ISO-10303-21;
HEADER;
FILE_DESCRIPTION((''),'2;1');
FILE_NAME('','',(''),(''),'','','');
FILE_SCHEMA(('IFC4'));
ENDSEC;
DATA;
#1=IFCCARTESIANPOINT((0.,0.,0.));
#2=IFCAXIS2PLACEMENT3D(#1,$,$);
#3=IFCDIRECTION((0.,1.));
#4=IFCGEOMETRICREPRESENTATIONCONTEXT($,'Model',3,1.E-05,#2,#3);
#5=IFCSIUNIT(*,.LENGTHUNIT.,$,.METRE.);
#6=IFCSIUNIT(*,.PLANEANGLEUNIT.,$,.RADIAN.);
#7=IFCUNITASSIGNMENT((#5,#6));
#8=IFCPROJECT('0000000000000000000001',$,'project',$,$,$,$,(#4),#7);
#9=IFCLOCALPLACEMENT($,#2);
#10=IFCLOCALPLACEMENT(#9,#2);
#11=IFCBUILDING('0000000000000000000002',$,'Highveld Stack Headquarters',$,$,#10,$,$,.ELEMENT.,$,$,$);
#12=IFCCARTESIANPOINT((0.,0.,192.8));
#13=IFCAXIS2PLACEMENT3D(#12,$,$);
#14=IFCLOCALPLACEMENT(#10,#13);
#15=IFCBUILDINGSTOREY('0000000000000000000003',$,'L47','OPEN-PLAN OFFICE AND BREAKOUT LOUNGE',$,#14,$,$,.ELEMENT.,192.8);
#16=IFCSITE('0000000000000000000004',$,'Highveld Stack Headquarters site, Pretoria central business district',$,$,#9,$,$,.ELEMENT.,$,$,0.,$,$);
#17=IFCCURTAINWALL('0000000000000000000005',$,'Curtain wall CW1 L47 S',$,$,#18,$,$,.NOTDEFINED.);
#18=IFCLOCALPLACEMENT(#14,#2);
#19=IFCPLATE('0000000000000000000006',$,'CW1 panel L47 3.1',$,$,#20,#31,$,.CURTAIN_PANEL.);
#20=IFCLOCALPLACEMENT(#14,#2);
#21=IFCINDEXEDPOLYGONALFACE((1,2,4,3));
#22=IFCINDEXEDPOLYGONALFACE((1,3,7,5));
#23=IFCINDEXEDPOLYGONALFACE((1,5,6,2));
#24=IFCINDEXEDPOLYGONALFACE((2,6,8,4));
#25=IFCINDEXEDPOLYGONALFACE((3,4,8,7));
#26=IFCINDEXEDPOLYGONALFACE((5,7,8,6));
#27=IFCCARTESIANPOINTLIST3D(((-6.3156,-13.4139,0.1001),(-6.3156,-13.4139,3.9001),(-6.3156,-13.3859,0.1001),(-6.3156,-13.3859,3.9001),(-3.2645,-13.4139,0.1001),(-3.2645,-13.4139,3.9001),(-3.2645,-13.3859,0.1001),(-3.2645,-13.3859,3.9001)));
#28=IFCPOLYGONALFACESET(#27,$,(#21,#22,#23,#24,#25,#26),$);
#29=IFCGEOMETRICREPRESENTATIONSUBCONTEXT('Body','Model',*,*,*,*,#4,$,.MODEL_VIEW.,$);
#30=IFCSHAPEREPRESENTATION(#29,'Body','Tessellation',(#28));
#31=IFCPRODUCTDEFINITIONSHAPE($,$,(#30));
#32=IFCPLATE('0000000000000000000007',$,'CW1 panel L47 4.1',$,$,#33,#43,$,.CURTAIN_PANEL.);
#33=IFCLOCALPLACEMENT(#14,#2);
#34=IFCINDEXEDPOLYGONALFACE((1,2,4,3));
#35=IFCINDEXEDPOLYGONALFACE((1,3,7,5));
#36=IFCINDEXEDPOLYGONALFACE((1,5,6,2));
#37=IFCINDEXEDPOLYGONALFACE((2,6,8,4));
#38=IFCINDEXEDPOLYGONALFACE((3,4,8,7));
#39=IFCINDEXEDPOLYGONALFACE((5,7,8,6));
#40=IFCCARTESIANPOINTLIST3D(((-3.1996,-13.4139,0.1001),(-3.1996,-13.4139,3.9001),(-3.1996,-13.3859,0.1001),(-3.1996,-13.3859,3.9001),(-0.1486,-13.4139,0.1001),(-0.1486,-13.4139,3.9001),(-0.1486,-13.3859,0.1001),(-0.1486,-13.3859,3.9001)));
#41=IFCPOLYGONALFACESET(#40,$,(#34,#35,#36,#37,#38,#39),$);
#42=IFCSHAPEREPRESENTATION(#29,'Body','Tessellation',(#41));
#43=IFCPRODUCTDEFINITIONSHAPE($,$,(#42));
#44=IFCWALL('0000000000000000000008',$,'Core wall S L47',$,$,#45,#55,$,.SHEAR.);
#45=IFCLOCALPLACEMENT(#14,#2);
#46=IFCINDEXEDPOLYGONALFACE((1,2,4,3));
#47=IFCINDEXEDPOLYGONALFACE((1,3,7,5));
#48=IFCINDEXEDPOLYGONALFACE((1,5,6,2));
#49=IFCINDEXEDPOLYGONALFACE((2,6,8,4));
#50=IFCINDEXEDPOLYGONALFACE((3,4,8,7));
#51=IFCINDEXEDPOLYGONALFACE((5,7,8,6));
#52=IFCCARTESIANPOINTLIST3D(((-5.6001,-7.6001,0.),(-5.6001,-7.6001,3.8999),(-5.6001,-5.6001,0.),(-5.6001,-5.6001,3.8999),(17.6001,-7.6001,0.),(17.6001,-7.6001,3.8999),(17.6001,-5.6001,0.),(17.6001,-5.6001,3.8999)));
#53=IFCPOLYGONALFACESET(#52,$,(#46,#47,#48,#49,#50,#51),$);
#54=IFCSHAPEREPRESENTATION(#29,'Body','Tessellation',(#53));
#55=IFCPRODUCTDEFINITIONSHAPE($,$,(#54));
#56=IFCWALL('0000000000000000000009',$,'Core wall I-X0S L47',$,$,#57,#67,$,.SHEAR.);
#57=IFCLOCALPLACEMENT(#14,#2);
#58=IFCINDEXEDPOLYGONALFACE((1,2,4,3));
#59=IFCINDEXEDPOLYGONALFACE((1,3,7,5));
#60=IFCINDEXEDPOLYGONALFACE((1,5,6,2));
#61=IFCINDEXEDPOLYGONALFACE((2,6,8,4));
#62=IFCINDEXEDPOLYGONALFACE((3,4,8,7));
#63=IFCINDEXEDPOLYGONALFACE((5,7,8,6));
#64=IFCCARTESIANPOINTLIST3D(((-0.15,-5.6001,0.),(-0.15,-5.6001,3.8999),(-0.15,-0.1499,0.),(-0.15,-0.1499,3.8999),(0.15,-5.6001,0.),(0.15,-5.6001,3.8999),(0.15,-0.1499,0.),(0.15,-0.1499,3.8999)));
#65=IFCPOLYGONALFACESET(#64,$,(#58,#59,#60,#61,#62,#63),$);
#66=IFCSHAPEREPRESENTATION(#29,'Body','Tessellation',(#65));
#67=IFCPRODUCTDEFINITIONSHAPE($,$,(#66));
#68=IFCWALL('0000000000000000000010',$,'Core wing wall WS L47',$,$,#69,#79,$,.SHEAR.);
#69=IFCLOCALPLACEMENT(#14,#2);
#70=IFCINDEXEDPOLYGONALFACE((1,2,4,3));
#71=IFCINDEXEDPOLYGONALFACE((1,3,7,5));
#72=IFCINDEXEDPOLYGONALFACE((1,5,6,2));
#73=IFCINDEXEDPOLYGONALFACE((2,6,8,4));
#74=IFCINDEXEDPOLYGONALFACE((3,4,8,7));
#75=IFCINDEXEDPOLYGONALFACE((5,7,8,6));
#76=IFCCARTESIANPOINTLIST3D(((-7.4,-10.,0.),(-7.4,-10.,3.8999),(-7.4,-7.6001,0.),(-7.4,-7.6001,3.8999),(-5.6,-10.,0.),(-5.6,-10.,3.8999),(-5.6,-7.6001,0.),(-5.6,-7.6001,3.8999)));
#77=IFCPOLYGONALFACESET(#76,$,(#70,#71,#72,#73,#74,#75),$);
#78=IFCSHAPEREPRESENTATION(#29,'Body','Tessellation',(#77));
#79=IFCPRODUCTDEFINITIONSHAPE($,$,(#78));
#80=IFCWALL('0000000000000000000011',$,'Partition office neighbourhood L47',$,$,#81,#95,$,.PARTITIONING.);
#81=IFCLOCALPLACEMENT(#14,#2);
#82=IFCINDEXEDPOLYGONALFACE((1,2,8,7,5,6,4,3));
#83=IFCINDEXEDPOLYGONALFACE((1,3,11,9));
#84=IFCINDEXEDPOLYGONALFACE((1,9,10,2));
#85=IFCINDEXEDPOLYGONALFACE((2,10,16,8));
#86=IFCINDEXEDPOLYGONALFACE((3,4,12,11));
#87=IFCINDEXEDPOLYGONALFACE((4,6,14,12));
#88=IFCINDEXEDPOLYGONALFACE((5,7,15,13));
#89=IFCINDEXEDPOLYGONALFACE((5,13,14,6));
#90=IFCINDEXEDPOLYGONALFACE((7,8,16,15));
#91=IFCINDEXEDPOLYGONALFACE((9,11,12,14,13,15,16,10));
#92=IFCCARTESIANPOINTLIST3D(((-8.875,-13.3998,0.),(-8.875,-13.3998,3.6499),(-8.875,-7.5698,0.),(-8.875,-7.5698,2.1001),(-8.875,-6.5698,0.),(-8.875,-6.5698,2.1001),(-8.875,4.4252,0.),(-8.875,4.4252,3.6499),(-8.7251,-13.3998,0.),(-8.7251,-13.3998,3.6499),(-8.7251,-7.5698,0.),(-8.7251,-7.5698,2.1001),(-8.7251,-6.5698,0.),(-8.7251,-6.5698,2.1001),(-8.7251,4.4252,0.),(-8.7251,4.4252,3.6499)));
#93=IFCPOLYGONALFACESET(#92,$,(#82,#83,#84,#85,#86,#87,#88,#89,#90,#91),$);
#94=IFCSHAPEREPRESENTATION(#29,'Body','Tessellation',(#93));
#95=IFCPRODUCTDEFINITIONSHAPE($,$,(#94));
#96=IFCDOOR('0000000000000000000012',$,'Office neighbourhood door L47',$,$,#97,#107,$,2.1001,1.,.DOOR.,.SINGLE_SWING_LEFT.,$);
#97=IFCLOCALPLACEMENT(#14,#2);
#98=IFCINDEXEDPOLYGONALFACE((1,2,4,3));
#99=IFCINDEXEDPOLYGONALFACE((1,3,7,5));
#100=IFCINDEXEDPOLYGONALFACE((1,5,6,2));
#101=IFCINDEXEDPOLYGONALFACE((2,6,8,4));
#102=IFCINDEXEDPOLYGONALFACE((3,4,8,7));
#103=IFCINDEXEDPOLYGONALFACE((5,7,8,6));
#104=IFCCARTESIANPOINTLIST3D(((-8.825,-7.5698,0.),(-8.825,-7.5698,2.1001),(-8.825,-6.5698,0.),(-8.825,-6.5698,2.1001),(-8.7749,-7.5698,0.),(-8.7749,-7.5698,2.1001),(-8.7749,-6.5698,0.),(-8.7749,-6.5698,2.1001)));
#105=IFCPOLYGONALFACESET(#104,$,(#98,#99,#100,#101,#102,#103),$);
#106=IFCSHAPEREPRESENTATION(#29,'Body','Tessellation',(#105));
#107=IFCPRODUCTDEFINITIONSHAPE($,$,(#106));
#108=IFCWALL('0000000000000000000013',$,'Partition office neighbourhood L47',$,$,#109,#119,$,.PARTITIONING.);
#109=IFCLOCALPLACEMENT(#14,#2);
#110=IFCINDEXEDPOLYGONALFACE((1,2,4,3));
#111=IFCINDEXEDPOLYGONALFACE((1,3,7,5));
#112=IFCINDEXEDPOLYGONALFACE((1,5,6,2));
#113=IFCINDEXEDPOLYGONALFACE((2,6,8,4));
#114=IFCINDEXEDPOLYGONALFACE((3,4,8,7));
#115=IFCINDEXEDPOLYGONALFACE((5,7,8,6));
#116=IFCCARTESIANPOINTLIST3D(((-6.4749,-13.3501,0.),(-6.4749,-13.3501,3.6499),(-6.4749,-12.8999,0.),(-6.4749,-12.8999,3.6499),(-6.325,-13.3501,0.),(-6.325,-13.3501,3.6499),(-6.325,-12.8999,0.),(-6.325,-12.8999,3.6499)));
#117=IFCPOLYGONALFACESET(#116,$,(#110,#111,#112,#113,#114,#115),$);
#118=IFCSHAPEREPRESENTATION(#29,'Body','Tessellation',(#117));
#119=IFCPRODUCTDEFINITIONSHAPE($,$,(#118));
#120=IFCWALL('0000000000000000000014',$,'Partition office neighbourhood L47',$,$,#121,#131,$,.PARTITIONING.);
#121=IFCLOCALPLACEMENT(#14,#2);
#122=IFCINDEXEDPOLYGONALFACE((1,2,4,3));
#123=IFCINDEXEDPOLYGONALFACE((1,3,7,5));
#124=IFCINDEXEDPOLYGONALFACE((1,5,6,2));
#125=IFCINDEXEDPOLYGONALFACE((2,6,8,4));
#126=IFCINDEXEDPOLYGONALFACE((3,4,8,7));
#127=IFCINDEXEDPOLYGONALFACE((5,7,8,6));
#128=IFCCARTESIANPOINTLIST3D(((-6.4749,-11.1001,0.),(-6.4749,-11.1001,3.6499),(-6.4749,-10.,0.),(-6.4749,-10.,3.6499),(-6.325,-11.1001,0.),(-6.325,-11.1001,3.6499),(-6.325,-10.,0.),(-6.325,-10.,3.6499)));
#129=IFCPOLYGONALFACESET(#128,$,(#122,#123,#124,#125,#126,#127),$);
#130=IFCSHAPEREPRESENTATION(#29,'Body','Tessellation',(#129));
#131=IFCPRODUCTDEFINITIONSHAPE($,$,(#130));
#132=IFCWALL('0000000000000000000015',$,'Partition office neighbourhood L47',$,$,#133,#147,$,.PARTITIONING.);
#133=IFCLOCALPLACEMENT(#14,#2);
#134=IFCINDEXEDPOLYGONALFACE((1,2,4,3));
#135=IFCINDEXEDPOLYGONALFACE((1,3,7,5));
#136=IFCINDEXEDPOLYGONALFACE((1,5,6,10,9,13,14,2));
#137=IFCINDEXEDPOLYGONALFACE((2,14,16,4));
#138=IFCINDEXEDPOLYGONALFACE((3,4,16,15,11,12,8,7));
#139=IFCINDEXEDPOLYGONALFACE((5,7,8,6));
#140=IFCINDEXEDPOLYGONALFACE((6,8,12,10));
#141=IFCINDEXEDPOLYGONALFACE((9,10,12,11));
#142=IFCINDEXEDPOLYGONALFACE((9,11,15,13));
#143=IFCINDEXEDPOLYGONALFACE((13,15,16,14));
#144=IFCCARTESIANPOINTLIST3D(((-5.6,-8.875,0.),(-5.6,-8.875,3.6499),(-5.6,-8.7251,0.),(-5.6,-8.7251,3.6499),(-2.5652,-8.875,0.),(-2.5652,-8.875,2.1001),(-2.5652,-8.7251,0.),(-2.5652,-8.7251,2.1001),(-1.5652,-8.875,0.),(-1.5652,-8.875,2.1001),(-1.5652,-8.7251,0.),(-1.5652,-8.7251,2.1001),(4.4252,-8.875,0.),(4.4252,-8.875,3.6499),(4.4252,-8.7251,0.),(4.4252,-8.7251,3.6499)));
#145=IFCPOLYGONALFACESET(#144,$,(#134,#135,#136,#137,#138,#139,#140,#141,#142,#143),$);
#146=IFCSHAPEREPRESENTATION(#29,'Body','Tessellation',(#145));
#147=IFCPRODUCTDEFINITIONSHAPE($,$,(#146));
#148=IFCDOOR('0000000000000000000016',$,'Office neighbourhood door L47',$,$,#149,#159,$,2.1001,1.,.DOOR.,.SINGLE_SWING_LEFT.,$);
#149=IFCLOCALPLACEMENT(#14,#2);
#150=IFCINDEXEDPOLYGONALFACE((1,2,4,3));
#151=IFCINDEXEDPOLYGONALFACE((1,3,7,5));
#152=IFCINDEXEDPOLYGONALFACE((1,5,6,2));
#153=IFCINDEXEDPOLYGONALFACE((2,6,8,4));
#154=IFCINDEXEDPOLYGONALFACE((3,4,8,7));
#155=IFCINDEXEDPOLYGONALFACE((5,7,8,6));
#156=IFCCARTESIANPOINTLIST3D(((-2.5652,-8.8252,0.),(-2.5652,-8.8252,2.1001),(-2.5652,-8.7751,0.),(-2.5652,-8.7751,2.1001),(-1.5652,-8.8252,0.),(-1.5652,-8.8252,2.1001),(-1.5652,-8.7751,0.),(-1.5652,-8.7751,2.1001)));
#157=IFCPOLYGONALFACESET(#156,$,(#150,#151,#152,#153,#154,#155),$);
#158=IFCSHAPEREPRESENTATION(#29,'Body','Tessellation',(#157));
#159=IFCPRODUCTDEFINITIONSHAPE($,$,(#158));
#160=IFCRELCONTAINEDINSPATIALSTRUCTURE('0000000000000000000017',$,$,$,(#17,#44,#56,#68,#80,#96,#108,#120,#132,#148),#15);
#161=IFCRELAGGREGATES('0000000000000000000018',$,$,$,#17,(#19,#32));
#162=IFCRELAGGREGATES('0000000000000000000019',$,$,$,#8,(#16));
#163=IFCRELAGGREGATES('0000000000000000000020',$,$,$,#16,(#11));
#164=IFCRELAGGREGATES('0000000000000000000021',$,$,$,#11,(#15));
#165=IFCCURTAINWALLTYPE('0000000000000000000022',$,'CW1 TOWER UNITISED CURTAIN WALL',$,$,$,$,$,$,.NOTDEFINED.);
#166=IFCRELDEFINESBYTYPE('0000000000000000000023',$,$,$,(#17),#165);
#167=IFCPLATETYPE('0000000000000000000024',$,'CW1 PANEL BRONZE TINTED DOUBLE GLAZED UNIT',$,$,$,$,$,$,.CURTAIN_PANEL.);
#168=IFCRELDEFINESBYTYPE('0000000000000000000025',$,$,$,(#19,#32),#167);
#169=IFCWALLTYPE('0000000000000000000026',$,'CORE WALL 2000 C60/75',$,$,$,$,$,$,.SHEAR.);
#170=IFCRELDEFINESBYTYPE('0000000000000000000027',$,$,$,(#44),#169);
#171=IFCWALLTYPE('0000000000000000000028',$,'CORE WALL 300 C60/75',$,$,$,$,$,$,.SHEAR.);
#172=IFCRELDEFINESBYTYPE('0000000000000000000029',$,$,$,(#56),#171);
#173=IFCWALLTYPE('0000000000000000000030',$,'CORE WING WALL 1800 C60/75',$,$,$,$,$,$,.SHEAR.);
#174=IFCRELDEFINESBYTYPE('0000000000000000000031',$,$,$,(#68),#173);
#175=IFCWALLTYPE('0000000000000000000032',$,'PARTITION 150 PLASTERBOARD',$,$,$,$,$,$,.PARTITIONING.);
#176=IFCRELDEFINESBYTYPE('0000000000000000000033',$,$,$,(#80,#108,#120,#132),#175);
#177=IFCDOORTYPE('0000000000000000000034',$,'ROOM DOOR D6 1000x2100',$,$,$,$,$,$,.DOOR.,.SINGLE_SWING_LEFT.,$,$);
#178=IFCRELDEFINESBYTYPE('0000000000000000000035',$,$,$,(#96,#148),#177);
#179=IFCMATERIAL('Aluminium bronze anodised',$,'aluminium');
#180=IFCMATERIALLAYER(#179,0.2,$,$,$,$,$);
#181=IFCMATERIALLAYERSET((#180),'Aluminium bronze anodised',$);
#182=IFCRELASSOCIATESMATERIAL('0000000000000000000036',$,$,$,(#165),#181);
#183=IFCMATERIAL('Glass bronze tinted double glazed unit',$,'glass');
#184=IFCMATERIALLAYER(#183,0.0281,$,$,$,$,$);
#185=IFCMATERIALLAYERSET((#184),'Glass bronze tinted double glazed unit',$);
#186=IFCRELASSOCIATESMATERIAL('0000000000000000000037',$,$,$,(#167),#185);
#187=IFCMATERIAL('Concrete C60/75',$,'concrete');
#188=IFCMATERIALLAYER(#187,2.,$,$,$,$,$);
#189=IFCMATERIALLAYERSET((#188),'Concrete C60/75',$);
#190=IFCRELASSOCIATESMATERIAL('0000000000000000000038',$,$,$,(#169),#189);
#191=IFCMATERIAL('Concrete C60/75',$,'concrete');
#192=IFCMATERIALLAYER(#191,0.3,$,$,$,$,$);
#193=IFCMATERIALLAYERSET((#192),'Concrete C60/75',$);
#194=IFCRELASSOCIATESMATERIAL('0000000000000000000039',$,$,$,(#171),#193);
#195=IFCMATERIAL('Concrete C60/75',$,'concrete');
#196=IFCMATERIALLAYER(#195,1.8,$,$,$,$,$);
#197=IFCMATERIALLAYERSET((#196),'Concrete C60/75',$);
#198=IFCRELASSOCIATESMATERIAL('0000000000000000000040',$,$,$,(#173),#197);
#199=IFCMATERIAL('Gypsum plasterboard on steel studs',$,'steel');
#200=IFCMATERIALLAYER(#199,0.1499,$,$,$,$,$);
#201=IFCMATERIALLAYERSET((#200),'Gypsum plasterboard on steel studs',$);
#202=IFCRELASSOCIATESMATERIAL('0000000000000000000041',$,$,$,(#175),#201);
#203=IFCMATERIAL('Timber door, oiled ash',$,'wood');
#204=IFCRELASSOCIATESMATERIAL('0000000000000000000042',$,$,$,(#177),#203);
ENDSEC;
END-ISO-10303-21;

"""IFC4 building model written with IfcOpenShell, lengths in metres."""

from ifc_helpers import new_model, si_unit, direction, frame, frame_2d, origin, origin_2d, place, context, subcontext, project, spatial, rectangle, extrude, material, layer, layer_set, type_object, element, fill, aggregate, save


model = new_model("IFC4")

# Units and contexts
model_context = context("Model", 3, precision=1e-05, world=origin(), true_north=direction((0.0, 1.0)))
body_context = subcontext(model_context, "Body", "Model", "MODEL_VIEW")
ifc_project = project(units=[si_unit("LENGTHUNIT", "METRE"), si_unit("PLANEANGLEUNIT", "RADIAN")], contexts=[model_context])

# Site, building, storey
site_placement = place(None, origin())
site = spatial("IfcSite", under=ifc_project, at=site_placement, Name="Highveld Stack Headquarters site, Pretoria central business district", CompositionType="ELEMENT", RefElevation=0.0)
building_placement = place(site_placement, origin())
building = spatial("IfcBuilding", under=site, at=building_placement, Name="Highveld Stack Headquarters", CompositionType="ELEMENT")
storey_placement = place(building_placement, frame((0.0, 0.0, 192.8)))
storey = spatial("IfcBuildingStorey", under=building, at=storey_placement, Name="L47", Description="OPEN-PLAN OFFICE AND BREAKOUT LOUNGE", CompositionType="ELEMENT", Elevation=192.8)

# Curtain wall, plates
ifc_material_1 = material(Name="Aluminium bronze anodised", Category="aluminium")
ifc_layer_1 = layer(ifc_material_1, 0.2)
ifc_layer_set_1 = layer_set([ifc_layer_1], Name="Aluminium bronze anodised")
curtain_wall_type = type_object("IfcCurtainWallType", Name="CW1 TOWER UNITISED CURTAIN WALL", PredefinedType="NOTDEFINED", material=ifc_layer_set_1)
curtain_wall_placement = place(storey_placement, origin())
curtain_wall = element("IfcCurtainWall", 1, at=curtain_wall_placement, inside=storey, type_object=curtain_wall_type, Name="Curtain wall CW1 L47 S", PredefinedType="NOTDEFINED")
ifc_material_2 = material(Name="Glass bronze tinted double glazed unit", Category="glass")
ifc_layer_2 = layer(ifc_material_2, 0.0281)
ifc_layer_set_2 = layer_set([ifc_layer_2], Name="Glass bronze tinted double glazed unit")
plate_type = type_object("IfcPlateType", Name="CW1 PANEL BRONZE TINTED DOUBLE GLAZED UNIT", PredefinedType="CURTAIN_PANEL", material=ifc_layer_set_2)
plate_1_placement = place(storey_placement, frame((-4.79, -13.3999, 0.1001), z_axis=(0.0, 0.0, 1.0), x_axis=(1.0, 0.0, 0.0)))
plate_1 = element("IfcPlate", 2, at=plate_1_placement, type_object=plate_type, Name="CW1 panel L47 3.1", PredefinedType="CURTAIN_PANEL", context=body_context, shape_type="SweptSolid", body=[
    extrude(rectangle(XDim=3.051, YDim=0.0281, at=origin_2d()), origin(), (0.0, 0.0, 1.0), 3.8),
])
plate_2_placement = place(storey_placement, frame((-1.6741, -13.3999, 0.1001), z_axis=(0.0, 0.0, 1.0), x_axis=(1.0, 0.0, 0.0)))
plate_2 = element("IfcPlate", 3, at=plate_2_placement, type_object=plate_type, Name="CW1 panel L47 4.1", PredefinedType="CURTAIN_PANEL", context=body_context, shape_type="SweptSolid", body=[
    extrude(rectangle(XDim=3.051, YDim=0.0281, at=origin_2d()), origin(), (0.0, 0.0, 1.0), 3.8),
])
aggregate(curtain_wall, [plate_1, plate_2])

# Walls
ifc_material_3 = material(Name="Concrete C60/75", Category="concrete")
ifc_layer_3 = layer(ifc_material_3, 2.0)
ifc_layer_set_3 = layer_set([ifc_layer_3], Name="Concrete C60/75")
wall_type_1 = type_object("IfcWallType", Name="CORE WALL 2000 C60/75", PredefinedType="SHEAR", material=ifc_layer_set_3)
wall_1_placement = place(storey_placement, frame((-5.6001, -6.6001, 0.0), z_axis=(0.0, 0.0, 1.0), x_axis=(1.0, 0.0, 0.0)))
element("IfcWall", 4, at=wall_1_placement, inside=storey, type_object=wall_type_1, Name="Core wall S L47", PredefinedType="SHEAR", context=body_context, shape_type="SweptSolid", body=[
    extrude(rectangle(XDim=23.2002, YDim=2.0, at=frame_2d((11.6001, 0.0))), origin(), (0.0, 0.0, 1.0), 3.8999),
])
ifc_material_4 = material(Name="Concrete C60/75", Category="concrete")
ifc_layer_4 = layer(ifc_material_4, 0.3)
ifc_layer_set_4 = layer_set([ifc_layer_4], Name="Concrete C60/75")
wall_type_2 = type_object("IfcWallType", Name="CORE WALL 300 C60/75", PredefinedType="SHEAR", material=ifc_layer_set_4)
wall_2_placement = place(storey_placement, frame((0.0, -5.6001, 0.0), z_axis=(0.0, 0.0, 1.0), x_axis=(0.0, 1.0, 0.0)))
element("IfcWall", 5, at=wall_2_placement, inside=storey, type_object=wall_type_2, Name="Core wall I-X0S L47", PredefinedType="SHEAR", context=body_context, shape_type="SweptSolid", body=[
    extrude(rectangle(XDim=5.4502, YDim=0.3, at=frame_2d((2.7251, 0.0))), origin(), (0.0, 0.0, 1.0), 3.8999),
])
ifc_material_5 = material(Name="Concrete C60/75", Category="concrete")
ifc_layer_5 = layer(ifc_material_5, 1.8)
ifc_layer_set_5 = layer_set([ifc_layer_5], Name="Concrete C60/75")
wall_type_3 = type_object("IfcWallType", Name="CORE WING WALL 1800 C60/75", PredefinedType="SHEAR", material=ifc_layer_set_5)
wall_3_placement = place(storey_placement, frame((-6.5, -10.0, 0.0), z_axis=(0.0, 0.0, 1.0), x_axis=(0.0, 1.0, 0.0)))
element("IfcWall", 6, at=wall_3_placement, inside=storey, type_object=wall_type_3, Name="Core wing wall WS L47", PredefinedType="SHEAR", context=body_context, shape_type="SweptSolid", body=[
    extrude(rectangle(XDim=2.3999, YDim=1.8, at=frame_2d((1.2, 0.0))), origin(), (0.0, 0.0, 1.0), 3.8999),
])

# Wall, opening, door
ifc_material_6 = material(Name="Gypsum plasterboard on steel studs", Category="steel")
ifc_layer_6 = layer(ifc_material_6, 0.1499)
ifc_layer_set_6 = layer_set([ifc_layer_6], Name="Gypsum plasterboard on steel studs")
wall_type_4 = type_object("IfcWallType", Name="PARTITION 150 PLASTERBOARD", PredefinedType="PARTITIONING", material=ifc_layer_set_6)
wall_4_placement = place(storey_placement, frame((-8.8, -13.3999, 0.0), z_axis=(0.0, 0.0, 1.0), x_axis=(0.0, 1.0, 0.0)))
wall_4 = element("IfcWall", 7, at=wall_4_placement, inside=storey, type_object=wall_type_4, Name="Partition office neighbourhood L47", PredefinedType="PARTITIONING", context=body_context, shape_type="SweptSolid", body=[
    extrude(rectangle(XDim=17.825, YDim=0.1499, at=frame_2d((8.9126, 0.0))), origin(), (0.0, 0.0, 1.0), 3.6499),
])
opening_1_placement = place(wall_4_placement, frame((5.8301, 0.0, 0.0)))
opening_1 = element("IfcOpeningElement", 8, at=opening_1_placement, cuts=wall_4, PredefinedType="OPENING", context=body_context, shape_type="SweptSolid", body=[
    extrude(rectangle(XDim=1.0, YDim=2.1001, at=frame_2d((0.5, 1.05))), frame((0.0, 0.085, 0.0), z_axis=(0.0, -1.0, 0.0), x_axis=(1.0, 0.0, 0.0)), (0.0, 0.0, 1.0), 0.1699),
])
ifc_material_7 = material(Name="Timber door, oiled ash", Category="wood")
door_type_1 = type_object("IfcDoorType", Name="ROOM DOOR D6 1000x2100", OperationType="SINGLE_SWING_LEFT", PredefinedType="DOOR", material=ifc_material_7)
door_1_placement = place(opening_1_placement, origin())
door_1 = element("IfcDoor", 9, at=door_1_placement, inside=storey, type_object=door_type_1, Name="Office neighbourhood door L47", OperationType="SINGLE_SWING_LEFT", OverallHeight=2.1001, OverallWidth=1.0, PredefinedType="DOOR", context=body_context, shape_type="SweptSolid", body=[
    extrude(rectangle(XDim=1.0, YDim=2.1001, at=frame_2d((0.5, 1.05))), frame((0.0, 0.0249, 0.0), z_axis=(0.0, -1.0, 0.0), x_axis=(1.0, 0.0, 0.0)), (0.0, 0.0, 1.0), 0.05),
])
fill(opening_1, door_1)

# Walls
wall_5_placement = place(storey_placement, frame((-6.3999, -13.3501, 0.0), z_axis=(0.0, 0.0, 1.0), x_axis=(0.0, 1.0, 0.0)))
element("IfcWall", 10, at=wall_5_placement, inside=storey, type_object=wall_type_4, Name="Partition office neighbourhood L47", PredefinedType="PARTITIONING", context=body_context, shape_type="SweptSolid", body=[
    extrude(rectangle(XDim=0.4502, YDim=0.1499, at=frame_2d((0.2251, 0.0))), origin(), (0.0, 0.0, 1.0), 3.6499),
])
wall_6_placement = place(storey_placement, frame((-6.3999, -11.1001, 0.0), z_axis=(0.0, 0.0, 1.0), x_axis=(0.0, 1.0, 0.0)))
element("IfcWall", 11, at=wall_6_placement, inside=storey, type_object=wall_type_4, Name="Partition office neighbourhood L47", PredefinedType="PARTITIONING", context=body_context, shape_type="SweptSolid", body=[
    extrude(rectangle(XDim=1.1001, YDim=0.1499, at=frame_2d((0.55, 0.0))), origin(), (0.0, 0.0, 1.0), 3.6499),
])

# Wall, opening, door
wall_7_placement = place(storey_placement, frame((-5.6001, -8.8, 0.0), z_axis=(0.0, 0.0, 1.0), x_axis=(1.0, 0.0, 0.0)))
wall_7 = element("IfcWall", 12, at=wall_7_placement, inside=storey, type_object=wall_type_4, Name="Partition office neighbourhood L47", PredefinedType="PARTITIONING", context=body_context, shape_type="SweptSolid", body=[
    extrude(rectangle(XDim=10.0251, YDim=0.1499, at=frame_2d((5.0127, 0.0))), origin(), (0.0, 0.0, 1.0), 3.6499),
])
opening_2_placement = place(wall_7_placement, frame((3.0349, 0.0, 0.0)))
opening_2 = element("IfcOpeningElement", 13, at=opening_2_placement, cuts=wall_7, PredefinedType="OPENING", context=body_context, shape_type="SweptSolid", body=[
    extrude(rectangle(XDim=1.0, YDim=2.1001, at=frame_2d((0.5, 1.05))), frame((0.0, 0.085, 0.0), z_axis=(0.0, -1.0, 0.0), x_axis=(1.0, 0.0, 0.0)), (0.0, 0.0, 1.0), 0.1699),
])
door_2_placement = place(opening_2_placement, origin())
door_2 = element("IfcDoor", 14, at=door_2_placement, inside=storey, type_object=door_type_1, Name="Office neighbourhood door L47", OperationType="SINGLE_SWING_LEFT", OverallHeight=2.1001, OverallWidth=1.0, PredefinedType="DOOR", context=body_context, shape_type="SweptSolid", body=[
    extrude(rectangle(XDim=1.0, YDim=2.1001, at=frame_2d((0.5, 1.05))), frame((0.0, 0.0249, 0.0), z_axis=(0.0, -1.0, 0.0), x_axis=(1.0, 0.0, 0.0)), (0.0, 0.0, 1.0), 0.05),
])
fill(opening_2, door_2)

save(model, "model.ifc")
